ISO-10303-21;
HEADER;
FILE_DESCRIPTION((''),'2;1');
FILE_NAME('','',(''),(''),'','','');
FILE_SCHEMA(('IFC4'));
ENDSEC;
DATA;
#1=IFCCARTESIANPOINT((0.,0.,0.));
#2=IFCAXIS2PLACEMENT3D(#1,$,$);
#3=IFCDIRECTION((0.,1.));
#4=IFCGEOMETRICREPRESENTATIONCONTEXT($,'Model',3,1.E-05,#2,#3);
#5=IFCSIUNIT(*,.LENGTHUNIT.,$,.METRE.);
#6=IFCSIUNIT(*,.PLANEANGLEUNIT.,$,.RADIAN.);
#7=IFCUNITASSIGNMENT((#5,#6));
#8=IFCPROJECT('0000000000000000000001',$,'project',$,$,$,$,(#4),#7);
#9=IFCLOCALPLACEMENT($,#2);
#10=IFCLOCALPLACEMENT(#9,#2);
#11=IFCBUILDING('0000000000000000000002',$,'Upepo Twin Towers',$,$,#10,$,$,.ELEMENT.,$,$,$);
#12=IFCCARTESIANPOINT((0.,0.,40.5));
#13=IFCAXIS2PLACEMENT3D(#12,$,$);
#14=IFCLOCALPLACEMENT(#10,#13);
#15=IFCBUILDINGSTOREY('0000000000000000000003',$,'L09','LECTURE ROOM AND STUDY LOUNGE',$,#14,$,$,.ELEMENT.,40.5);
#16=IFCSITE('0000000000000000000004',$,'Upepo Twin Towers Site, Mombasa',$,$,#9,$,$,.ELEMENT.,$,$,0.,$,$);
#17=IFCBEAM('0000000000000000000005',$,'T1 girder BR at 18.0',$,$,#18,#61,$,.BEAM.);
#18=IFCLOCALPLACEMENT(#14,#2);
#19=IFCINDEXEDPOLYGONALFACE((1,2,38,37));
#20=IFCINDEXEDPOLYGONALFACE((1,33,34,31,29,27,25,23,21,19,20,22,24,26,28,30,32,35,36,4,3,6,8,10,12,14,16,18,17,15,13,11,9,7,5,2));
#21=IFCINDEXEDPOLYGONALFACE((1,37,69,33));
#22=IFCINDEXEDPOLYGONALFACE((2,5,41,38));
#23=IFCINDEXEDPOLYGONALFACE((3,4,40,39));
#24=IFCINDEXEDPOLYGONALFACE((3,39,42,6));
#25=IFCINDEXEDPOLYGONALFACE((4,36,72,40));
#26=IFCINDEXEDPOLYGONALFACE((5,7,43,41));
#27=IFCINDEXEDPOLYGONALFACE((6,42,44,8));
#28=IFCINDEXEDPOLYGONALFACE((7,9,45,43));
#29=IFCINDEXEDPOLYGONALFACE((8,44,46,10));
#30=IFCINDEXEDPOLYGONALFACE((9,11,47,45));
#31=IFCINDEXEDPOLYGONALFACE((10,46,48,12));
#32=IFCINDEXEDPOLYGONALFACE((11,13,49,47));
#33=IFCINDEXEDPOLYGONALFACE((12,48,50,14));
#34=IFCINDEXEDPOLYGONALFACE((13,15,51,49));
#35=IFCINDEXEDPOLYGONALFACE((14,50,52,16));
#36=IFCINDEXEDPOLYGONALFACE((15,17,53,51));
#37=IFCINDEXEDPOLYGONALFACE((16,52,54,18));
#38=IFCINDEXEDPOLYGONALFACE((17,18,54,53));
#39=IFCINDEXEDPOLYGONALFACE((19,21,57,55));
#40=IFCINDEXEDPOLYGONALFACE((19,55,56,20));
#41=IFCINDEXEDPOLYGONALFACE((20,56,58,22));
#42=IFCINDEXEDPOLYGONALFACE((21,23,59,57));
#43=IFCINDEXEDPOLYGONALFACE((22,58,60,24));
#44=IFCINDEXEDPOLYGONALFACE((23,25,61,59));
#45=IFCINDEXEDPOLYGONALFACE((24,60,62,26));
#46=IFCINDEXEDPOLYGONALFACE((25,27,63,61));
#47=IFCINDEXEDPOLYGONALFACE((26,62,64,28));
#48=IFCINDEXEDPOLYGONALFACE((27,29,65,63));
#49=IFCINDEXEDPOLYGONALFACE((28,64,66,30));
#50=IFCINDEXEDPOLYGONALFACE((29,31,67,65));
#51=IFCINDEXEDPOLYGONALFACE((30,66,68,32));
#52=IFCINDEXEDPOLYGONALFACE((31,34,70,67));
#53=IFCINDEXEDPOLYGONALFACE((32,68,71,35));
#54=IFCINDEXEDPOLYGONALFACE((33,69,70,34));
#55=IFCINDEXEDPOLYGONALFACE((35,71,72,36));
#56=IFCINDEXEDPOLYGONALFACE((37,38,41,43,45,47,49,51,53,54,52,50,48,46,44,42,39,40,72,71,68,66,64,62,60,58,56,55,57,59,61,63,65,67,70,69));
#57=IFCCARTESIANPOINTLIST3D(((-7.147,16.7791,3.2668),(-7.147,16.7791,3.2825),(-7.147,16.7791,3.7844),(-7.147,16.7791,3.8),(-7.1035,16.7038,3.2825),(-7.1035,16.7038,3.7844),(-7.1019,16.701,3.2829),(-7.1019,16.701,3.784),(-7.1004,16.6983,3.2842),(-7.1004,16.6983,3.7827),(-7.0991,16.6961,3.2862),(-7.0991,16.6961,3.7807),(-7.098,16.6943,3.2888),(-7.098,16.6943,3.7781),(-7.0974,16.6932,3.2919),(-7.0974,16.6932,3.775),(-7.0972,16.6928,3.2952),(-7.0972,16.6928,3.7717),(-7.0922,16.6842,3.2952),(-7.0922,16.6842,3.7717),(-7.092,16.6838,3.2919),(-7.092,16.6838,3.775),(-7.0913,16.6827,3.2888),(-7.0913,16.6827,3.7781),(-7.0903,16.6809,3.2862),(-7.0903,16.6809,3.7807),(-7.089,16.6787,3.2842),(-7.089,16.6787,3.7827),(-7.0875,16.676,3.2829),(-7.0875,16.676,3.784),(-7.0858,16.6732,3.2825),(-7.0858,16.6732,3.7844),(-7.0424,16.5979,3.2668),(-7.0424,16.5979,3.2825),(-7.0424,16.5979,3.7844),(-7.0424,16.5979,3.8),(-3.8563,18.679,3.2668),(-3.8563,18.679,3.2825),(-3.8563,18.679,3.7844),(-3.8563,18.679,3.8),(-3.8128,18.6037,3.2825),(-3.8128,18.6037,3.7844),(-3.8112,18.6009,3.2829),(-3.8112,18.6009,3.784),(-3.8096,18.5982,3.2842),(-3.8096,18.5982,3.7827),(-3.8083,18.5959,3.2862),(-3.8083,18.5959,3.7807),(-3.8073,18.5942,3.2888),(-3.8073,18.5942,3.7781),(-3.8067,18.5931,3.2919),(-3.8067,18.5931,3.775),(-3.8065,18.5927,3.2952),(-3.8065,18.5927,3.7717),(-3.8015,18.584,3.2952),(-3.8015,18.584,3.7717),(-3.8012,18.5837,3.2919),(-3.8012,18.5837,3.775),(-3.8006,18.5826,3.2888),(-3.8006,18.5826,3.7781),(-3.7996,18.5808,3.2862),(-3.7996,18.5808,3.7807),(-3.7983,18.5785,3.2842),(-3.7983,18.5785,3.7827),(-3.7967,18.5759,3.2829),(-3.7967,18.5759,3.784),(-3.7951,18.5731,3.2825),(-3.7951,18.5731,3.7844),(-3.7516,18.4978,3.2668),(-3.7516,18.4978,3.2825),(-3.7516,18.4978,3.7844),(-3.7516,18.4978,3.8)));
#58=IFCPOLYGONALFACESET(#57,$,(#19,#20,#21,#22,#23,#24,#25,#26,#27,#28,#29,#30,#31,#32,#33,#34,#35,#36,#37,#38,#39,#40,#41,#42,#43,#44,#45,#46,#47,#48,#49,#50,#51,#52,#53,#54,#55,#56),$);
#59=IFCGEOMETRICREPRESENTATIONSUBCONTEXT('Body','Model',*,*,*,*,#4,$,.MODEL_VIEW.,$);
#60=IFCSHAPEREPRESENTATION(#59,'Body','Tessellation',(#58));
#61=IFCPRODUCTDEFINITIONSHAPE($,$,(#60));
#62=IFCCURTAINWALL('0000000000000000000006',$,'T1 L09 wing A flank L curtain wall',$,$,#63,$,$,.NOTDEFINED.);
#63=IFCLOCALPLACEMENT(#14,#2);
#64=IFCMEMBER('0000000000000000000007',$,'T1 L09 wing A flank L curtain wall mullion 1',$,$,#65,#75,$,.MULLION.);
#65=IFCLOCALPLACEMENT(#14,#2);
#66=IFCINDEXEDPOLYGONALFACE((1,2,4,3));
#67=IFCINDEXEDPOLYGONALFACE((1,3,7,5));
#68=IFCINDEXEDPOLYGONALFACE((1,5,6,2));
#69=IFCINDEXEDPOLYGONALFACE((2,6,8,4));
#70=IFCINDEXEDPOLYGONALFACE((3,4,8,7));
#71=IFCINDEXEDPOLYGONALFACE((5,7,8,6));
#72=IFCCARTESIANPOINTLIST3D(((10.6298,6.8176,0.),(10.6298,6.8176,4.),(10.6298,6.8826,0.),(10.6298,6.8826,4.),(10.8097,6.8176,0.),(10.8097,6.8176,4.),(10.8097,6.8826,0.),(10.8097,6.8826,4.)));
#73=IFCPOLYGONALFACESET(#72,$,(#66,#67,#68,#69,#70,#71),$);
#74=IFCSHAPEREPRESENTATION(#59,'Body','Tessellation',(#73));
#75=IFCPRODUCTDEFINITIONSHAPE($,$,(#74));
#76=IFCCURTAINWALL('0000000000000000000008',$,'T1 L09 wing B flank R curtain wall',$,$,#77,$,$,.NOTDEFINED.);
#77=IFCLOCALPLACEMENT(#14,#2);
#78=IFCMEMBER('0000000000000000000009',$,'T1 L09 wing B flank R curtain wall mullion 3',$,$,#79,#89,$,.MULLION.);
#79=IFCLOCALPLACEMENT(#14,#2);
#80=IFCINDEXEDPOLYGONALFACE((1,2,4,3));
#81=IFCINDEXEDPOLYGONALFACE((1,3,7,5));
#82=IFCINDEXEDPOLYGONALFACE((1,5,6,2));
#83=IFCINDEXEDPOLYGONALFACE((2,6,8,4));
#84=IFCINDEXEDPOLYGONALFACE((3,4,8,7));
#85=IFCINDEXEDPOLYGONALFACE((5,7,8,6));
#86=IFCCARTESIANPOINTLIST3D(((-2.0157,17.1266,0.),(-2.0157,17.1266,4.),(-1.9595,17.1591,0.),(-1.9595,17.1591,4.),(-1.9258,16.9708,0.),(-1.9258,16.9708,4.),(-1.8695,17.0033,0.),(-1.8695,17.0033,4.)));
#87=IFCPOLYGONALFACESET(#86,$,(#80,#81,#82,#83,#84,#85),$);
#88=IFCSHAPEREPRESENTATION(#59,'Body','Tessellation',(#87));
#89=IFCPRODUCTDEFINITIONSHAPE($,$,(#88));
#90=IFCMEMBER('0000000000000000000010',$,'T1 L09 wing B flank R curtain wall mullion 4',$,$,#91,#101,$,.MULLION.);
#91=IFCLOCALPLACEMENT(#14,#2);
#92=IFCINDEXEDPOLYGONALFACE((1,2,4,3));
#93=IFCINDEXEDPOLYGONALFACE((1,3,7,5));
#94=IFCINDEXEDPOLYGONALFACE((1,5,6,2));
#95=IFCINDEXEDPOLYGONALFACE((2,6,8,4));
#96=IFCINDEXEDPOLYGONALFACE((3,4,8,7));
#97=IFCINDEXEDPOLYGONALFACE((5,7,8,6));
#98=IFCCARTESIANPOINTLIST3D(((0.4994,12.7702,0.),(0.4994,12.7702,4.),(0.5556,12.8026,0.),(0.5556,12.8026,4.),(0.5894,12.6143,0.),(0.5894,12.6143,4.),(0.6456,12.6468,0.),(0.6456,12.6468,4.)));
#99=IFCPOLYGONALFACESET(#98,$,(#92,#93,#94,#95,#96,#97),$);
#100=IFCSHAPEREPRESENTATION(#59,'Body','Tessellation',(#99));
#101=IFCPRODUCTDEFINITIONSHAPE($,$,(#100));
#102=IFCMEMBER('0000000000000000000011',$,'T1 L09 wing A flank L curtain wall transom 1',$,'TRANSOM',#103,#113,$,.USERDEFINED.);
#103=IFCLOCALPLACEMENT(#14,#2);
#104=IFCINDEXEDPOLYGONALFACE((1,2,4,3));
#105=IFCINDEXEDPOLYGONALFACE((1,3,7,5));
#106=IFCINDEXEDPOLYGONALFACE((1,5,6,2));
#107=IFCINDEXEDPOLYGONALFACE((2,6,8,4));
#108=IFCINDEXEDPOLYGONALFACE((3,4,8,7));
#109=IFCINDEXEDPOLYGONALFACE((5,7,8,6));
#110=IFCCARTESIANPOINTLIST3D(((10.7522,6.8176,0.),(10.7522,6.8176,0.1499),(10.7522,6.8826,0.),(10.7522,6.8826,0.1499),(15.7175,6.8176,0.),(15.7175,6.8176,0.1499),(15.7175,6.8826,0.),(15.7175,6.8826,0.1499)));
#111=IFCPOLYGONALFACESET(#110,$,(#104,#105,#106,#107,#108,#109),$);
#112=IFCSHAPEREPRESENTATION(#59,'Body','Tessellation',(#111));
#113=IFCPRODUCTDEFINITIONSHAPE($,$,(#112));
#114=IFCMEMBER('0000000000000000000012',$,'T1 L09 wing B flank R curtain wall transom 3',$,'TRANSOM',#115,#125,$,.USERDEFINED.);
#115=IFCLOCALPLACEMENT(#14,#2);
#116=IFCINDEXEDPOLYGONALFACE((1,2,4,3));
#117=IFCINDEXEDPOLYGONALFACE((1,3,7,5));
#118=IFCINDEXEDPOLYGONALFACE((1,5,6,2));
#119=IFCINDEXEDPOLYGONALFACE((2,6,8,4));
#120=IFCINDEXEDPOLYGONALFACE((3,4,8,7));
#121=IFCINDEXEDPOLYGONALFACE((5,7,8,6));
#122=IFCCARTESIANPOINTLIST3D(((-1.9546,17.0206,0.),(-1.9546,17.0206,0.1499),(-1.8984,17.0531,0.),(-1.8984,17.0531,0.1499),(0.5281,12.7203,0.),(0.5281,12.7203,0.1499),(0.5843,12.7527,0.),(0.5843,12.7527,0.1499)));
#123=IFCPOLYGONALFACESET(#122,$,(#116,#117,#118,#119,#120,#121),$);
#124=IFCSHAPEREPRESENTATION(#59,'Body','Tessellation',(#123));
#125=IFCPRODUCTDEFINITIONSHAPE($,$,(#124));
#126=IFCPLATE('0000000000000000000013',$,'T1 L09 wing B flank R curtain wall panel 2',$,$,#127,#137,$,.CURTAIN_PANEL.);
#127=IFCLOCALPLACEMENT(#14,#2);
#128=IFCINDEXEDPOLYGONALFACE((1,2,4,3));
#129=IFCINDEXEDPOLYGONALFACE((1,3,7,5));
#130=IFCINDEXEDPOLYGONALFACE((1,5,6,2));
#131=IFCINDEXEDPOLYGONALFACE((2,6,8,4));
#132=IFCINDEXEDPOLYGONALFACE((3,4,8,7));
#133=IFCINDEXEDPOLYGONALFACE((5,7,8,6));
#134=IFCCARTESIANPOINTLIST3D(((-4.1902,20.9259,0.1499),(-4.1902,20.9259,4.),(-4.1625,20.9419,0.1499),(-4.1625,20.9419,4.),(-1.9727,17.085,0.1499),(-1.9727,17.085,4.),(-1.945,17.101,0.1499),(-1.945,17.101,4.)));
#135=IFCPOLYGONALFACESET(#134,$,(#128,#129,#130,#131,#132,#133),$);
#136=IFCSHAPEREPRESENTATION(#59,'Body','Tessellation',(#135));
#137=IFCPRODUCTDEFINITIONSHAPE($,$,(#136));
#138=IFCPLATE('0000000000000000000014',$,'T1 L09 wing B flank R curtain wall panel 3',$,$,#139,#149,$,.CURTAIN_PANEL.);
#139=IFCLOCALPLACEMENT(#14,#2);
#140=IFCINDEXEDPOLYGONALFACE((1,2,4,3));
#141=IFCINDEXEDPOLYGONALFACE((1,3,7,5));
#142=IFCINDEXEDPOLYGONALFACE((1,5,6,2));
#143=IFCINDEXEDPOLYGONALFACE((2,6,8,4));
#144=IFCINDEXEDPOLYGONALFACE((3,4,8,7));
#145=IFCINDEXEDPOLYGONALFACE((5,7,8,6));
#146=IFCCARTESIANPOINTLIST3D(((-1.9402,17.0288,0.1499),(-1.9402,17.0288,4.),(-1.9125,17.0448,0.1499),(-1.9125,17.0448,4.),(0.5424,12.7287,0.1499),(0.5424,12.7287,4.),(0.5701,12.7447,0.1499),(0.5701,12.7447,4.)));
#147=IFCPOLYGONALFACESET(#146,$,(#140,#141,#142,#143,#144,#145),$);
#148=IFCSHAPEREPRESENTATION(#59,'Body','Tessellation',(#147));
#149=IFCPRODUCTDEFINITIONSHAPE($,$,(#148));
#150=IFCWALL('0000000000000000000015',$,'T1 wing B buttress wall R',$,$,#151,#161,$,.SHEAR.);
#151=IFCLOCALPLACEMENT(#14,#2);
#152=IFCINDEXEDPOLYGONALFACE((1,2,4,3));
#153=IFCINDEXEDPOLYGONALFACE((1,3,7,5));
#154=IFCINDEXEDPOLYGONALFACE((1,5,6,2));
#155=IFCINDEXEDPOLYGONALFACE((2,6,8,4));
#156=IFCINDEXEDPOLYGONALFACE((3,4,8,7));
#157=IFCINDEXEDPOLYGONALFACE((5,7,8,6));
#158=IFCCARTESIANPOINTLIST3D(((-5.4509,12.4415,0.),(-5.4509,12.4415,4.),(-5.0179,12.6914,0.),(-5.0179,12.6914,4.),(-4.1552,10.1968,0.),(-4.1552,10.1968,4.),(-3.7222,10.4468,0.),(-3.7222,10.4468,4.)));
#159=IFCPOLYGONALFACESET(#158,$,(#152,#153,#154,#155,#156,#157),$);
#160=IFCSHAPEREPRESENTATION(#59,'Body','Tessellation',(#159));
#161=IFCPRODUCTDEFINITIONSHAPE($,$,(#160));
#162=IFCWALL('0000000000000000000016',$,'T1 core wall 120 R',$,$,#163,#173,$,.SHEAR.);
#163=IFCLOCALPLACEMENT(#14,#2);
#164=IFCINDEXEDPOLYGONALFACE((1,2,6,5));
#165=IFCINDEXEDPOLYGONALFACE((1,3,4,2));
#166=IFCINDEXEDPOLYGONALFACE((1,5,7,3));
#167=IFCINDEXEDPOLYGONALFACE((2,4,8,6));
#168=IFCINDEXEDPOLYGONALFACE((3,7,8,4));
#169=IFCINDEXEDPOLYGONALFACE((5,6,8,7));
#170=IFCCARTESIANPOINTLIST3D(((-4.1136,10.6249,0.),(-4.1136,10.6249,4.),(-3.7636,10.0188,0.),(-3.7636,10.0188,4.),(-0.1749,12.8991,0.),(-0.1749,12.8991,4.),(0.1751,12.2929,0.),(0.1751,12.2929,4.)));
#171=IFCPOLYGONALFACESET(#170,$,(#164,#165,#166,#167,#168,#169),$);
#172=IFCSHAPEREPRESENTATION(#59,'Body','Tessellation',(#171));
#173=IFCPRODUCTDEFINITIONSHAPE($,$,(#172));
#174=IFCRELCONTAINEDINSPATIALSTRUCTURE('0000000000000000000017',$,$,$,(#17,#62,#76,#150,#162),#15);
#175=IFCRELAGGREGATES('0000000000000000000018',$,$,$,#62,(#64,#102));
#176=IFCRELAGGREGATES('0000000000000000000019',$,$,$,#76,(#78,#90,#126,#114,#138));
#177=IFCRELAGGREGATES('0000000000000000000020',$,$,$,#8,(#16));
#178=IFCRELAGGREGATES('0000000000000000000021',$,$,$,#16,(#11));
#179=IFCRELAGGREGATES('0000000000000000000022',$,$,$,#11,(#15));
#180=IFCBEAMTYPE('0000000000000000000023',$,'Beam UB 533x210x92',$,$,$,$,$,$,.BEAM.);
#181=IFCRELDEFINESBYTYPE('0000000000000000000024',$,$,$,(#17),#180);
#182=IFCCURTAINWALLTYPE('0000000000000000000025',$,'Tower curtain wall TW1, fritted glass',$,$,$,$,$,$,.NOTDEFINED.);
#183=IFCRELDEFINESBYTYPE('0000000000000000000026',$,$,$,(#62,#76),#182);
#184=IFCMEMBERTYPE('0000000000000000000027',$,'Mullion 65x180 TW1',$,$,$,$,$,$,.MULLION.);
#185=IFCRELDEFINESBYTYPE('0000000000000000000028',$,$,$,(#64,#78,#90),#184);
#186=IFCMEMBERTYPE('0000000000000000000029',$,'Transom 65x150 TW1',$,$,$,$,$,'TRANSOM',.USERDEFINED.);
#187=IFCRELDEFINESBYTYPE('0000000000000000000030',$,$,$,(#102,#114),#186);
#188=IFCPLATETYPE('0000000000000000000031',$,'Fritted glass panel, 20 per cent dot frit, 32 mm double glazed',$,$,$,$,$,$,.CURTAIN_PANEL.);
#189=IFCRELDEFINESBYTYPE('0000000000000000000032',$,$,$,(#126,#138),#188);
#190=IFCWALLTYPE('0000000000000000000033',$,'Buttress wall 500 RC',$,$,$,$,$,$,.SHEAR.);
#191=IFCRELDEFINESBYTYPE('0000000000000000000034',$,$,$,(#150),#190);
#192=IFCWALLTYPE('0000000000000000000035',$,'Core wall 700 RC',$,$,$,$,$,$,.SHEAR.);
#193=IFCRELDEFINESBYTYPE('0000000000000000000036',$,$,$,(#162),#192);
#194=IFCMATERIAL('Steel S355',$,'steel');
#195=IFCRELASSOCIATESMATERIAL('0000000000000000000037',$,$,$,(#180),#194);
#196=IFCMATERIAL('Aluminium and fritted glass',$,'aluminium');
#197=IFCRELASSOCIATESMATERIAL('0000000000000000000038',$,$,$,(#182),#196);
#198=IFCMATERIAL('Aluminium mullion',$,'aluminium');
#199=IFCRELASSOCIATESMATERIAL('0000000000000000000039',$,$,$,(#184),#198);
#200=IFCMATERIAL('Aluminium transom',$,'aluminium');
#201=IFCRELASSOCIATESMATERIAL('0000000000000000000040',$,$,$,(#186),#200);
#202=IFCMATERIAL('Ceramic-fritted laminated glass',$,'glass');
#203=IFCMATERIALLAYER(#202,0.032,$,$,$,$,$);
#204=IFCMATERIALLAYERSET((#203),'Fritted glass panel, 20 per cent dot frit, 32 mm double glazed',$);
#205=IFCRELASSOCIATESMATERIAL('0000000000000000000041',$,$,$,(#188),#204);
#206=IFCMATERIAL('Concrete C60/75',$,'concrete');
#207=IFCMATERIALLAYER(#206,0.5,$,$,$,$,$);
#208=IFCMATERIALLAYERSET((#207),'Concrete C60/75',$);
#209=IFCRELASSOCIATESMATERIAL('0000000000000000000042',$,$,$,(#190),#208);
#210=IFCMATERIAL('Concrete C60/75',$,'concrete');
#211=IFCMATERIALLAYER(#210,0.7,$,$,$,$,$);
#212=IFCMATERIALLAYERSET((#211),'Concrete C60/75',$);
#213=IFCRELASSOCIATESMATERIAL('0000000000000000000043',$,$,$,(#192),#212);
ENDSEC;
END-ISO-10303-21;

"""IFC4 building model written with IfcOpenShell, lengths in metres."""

from ifc_helpers import new_model, si_unit, direction, frame, frame_2d, origin, origin_2d, place, context, subcontext, project, spatial, rectangle, i_section, extrude, material, layer, layer_set, material_profile, profile_set, type_object, element, aggregate, save


model = new_model("IFC4")

# Units and contexts
model_context = context("Model", 3, precision=1e-05, world=origin(), true_north=direction((0.0, 1.0)))
body_context = subcontext(model_context, "Body", "Model", "MODEL_VIEW")
ifc_project = project(units=[si_unit("LENGTHUNIT", "METRE"), si_unit("PLANEANGLEUNIT", "RADIAN")], contexts=[model_context])

# Site, building, storey
site_placement = place(None, origin())
site = spatial("IfcSite", under=ifc_project, at=site_placement, Name="Upepo Twin Towers Site, Mombasa", CompositionType="ELEMENT", RefElevation=0.0)
building_placement = place(site_placement, origin())
building = spatial("IfcBuilding", under=site, at=building_placement, Name="Upepo Twin Towers", CompositionType="ELEMENT")
storey_placement = place(building_placement, frame((0.0, 0.0, 40.5)))
storey = spatial("IfcBuildingStorey", under=building, at=storey_placement, Name="L09", Description="LECTURE ROOM AND STUDY LOUNGE", CompositionType="ELEMENT", Elevation=40.5)

# Beam
ifc_material_1 = material(Name="Steel S355", Category="steel")
ifc_material_profile_1 = material_profile(ifc_material_1, i_section(OverallWidth=0.2092, OverallDepth=0.5332, WebThickness=0.01, FlangeThickness=0.0156, FilletRadius=0.0127, at=origin_2d()), Name="UB 533x210x92")
ifc_profile_set_1 = profile_set([ifc_material_profile_1], Name="Steel S355")
beam_type_1 = type_object("IfcBeamType", Name="Beam UB 533x210x92", PredefinedType="BEAM", material=ifc_profile_set_1)
beam_1_placement = place(storey_placement, frame((-3.804, 18.5884, 3.5334), z_axis=(-0.866028, -0.499995, 0.0), x_axis=(0.499995, -0.866028, 0.0)))
element("IfcBeam", 1, at=beam_1_placement, inside=storey, type_object=beam_type_1, Name="T1 girder BR at 18.0", PredefinedType="BEAM", context=body_context, shape_type="SweptSolid", body=[
    extrude(i_section(OverallWidth=0.2092, OverallDepth=0.5332, WebThickness=0.01, FlangeThickness=0.0156, FilletRadius=0.0127, at=origin_2d()), origin(), (0.0, 0.0, 1.0), 3.7998),
])

# Curtain wall, member
ifc_material_2 = material(Name="Aluminium and fritted glass", Category="aluminium")
curtain_wall_type = type_object("IfcCurtainWallType", Name="Tower curtain wall TW1, fritted glass", PredefinedType="NOTDEFINED", material=ifc_material_2)
curtain_wall_1_placement = place(storey_placement, origin())
curtain_wall_1 = element("IfcCurtainWall", 2, at=curtain_wall_1_placement, inside=storey, type_object=curtain_wall_type, Name="T1 L09 wing A flank L curtain wall", PredefinedType="NOTDEFINED")
ifc_material_3 = material(Name="Aluminium mullion", Category="aluminium")
ifc_material_profile_2 = material_profile(ifc_material_3, rectangle(XDim=0.0649, YDim=0.1799, at=origin_2d()), Name="MULLION 65x180")
ifc_profile_set_2 = profile_set([ifc_material_profile_2], Name="Aluminium mullion")
member_type_1 = type_object("IfcMemberType", Name="Mullion 65x180 TW1", PredefinedType="MULLION", material=ifc_profile_set_2)
member_1_placement = place(storey_placement, frame((10.7197, 6.8501, 0.0), z_axis=(0.0, 0.0, 1.0), x_axis=(0.0, 1.0, 0.0)))
member_1 = element("IfcMember", 3, at=member_1_placement, type_object=member_type_1, Name="T1 L09 wing A flank L curtain wall mullion 1", PredefinedType="MULLION", context=body_context, shape_type="SweptSolid", body=[
    extrude(rectangle(XDim=0.0649, YDim=0.1799, at=origin_2d()), origin(), (0.0, 0.0, 1.0), 4.0),
])

# Curtain wall, members
curtain_wall_2_placement = place(storey_placement, origin())
curtain_wall_2 = element("IfcCurtainWall", 4, at=curtain_wall_2_placement, inside=storey, type_object=curtain_wall_type, Name="T1 L09 wing B flank R curtain wall", PredefinedType="NOTDEFINED")
member_2_placement = place(storey_placement, frame((-1.9426, 17.0649, 0.0), z_axis=(0.0, 0.0, 1.0), x_axis=(0.866025, 0.5, 0.0)))
member_2 = element("IfcMember", 5, at=member_2_placement, type_object=member_type_1, Name="T1 L09 wing B flank R curtain wall mullion 3", PredefinedType="MULLION", context=body_context, shape_type="SweptSolid", body=[
    extrude(rectangle(XDim=0.0649, YDim=0.1799, at=origin_2d()), origin(), (0.0, 0.0, 1.0), 4.0),
])
member_3_placement = place(storey_placement, frame((0.5725, 12.7085, 0.0), z_axis=(0.0, 0.0, 1.0), x_axis=(0.866025, 0.5, 0.0)))
member_3 = element("IfcMember", 6, at=member_3_placement, type_object=member_type_1, Name="T1 L09 wing B flank R curtain wall mullion 4", PredefinedType="MULLION", context=body_context, shape_type="SweptSolid", body=[
    extrude(rectangle(XDim=0.0649, YDim=0.1799, at=origin_2d()), origin(), (0.0, 0.0, 1.0), 4.0),
])

# Members
ifc_material_4 = material(Name="Aluminium transom", Category="aluminium")
ifc_material_profile_3 = material_profile(ifc_material_4, rectangle(XDim=0.0649, YDim=0.1499, at=origin_2d()), Name="TRANSOM 65x150")
ifc_profile_set_3 = profile_set([ifc_material_profile_3], Name="Aluminium transom")
member_type_2 = type_object("IfcMemberType", Name="Transom 65x150 TW1", ElementType="TRANSOM", PredefinedType="USERDEFINED", material=ifc_profile_set_3)
member_4_placement = place(storey_placement, frame((10.7522, 6.8501, 0.075), z_axis=(1.0, 0.0, 0.0), x_axis=(0.0, 1.0, 0.0)))
member_4 = element("IfcMember", 7, at=member_4_placement, type_object=member_type_2, Name="T1 L09 wing A flank L curtain wall transom 1", ObjectType="TRANSOM", PredefinedType="USERDEFINED", context=body_context, shape_type="SweptSolid", body=[
    extrude(rectangle(XDim=0.0649, YDim=0.1499, at=origin_2d()), origin(), (0.0, 0.0, 1.0), 4.9653),
])
aggregate(curtain_wall_1, [member_1, member_4])
member_5_placement = place(storey_placement, frame((-1.9265, 17.0369, 0.075), z_axis=(0.499983, -0.866035, 0.0), x_axis=(0.866035, 0.499983, 0.0)))
member_5 = element("IfcMember", 8, at=member_5_placement, type_object=member_type_2, Name="T1 L09 wing B flank R curtain wall transom 3", ObjectType="TRANSOM", PredefinedType="USERDEFINED", context=body_context, shape_type="SweptSolid", body=[
    extrude(rectangle(XDim=0.0649, YDim=0.1499, at=origin_2d()), origin(), (0.0, 0.0, 1.0), 4.9656),
])

# Plates
ifc_material_5 = material(Name="Ceramic-fritted laminated glass", Category="glass")
ifc_layer_1 = layer(ifc_material_5, 0.032)
ifc_layer_set_1 = layer_set([ifc_layer_1], Name="Fritted glass panel, 20 per cent dot frit, 32 mm double glazed")
plate_type = type_object("IfcPlateType", Name="Fritted glass panel, 20 per cent dot frit, 32 mm double glazed", PredefinedType="CURTAIN_PANEL", material=ifc_layer_set_1)
plate_1_placement = place(storey_placement, frame((-3.0676, 19.0134, 0.1499), z_axis=(0.0, 0.0, 1.0), x_axis=(0.5, -0.866025, 0.0)))
plate_1 = element("IfcPlate", 9, at=plate_1_placement, type_object=plate_type, Name="T1 L09 wing B flank R curtain wall panel 2", PredefinedType="CURTAIN_PANEL", context=body_context, shape_type="SweptSolid", body=[
    extrude(rectangle(XDim=4.4351, YDim=0.032, at=origin_2d()), origin(), (0.0, 0.0, 1.0), 3.8501),
])
plate_2_placement = place(storey_placement, frame((-0.6851, 14.8867, 0.1499), z_axis=(0.0, 0.0, 1.0), x_axis=(0.5, -0.866025, 0.0)))
plate_2 = element("IfcPlate", 10, at=plate_2_placement, type_object=plate_type, Name="T1 L09 wing B flank R curtain wall panel 3", PredefinedType="CURTAIN_PANEL", context=body_context, shape_type="SweptSolid", body=[
    extrude(rectangle(XDim=4.9653, YDim=0.032, at=origin_2d()), origin(), (0.0, 0.0, 1.0), 3.8501),
])
aggregate(curtain_wall_2, [member_2, member_3, plate_1, member_5, plate_2])

# Walls
ifc_material_6 = material(Name="Concrete C60/75", Category="concrete")
ifc_layer_2 = layer(ifc_material_6, 0.5)
ifc_layer_set_2 = layer_set([ifc_layer_2], Name="Concrete C60/75")
wall_type_1 = type_object("IfcWallType", Name="Buttress wall 500 RC", PredefinedType="SHEAR", material=ifc_layer_set_2)
wall_1_placement = place(storey_placement, frame((-3.9387, 10.3218, 0.0), z_axis=(0.0, 0.0, 1.0), x_axis=(-0.499918, 0.866073, 0.0)))
element("IfcWall", 11, at=wall_1_placement, inside=storey, type_object=wall_type_1, Name="T1 wing B buttress wall R", PredefinedType="SHEAR", context=body_context, shape_type="SweptSolid", body=[
    extrude(rectangle(XDim=2.5918, YDim=0.5, at=frame_2d((1.2959, 0.0))), origin(), (0.0, 0.0, 1.0), 4.0),
])
ifc_material_7 = material(Name="Concrete C60/75", Category="concrete")
ifc_layer_3 = layer(ifc_material_7, 0.7)
ifc_layer_set_3 = layer_set([ifc_layer_3], Name="Concrete C60/75")
wall_type_2 = type_object("IfcWallType", Name="Core wall 700 RC", PredefinedType="SHEAR", material=ifc_layer_set_3)
wall_2_placement = place(storey_placement, frame((0.0, 12.5959, 0.0), z_axis=(0.0, 0.0, 1.0), x_axis=(-0.866011, -0.500024, 0.0)))
element("IfcWall", 12, at=wall_2_placement, inside=storey, type_object=wall_type_2, Name="T1 core wall 120 R", PredefinedType="SHEAR", context=body_context, shape_type="SweptSolid", body=[
    extrude(rectangle(XDim=4.5481, YDim=0.7, at=frame_2d((2.2739, 0.0))), origin(), (0.0, 0.0, 1.0), 4.0),
])

save(model, "model.ifc")
